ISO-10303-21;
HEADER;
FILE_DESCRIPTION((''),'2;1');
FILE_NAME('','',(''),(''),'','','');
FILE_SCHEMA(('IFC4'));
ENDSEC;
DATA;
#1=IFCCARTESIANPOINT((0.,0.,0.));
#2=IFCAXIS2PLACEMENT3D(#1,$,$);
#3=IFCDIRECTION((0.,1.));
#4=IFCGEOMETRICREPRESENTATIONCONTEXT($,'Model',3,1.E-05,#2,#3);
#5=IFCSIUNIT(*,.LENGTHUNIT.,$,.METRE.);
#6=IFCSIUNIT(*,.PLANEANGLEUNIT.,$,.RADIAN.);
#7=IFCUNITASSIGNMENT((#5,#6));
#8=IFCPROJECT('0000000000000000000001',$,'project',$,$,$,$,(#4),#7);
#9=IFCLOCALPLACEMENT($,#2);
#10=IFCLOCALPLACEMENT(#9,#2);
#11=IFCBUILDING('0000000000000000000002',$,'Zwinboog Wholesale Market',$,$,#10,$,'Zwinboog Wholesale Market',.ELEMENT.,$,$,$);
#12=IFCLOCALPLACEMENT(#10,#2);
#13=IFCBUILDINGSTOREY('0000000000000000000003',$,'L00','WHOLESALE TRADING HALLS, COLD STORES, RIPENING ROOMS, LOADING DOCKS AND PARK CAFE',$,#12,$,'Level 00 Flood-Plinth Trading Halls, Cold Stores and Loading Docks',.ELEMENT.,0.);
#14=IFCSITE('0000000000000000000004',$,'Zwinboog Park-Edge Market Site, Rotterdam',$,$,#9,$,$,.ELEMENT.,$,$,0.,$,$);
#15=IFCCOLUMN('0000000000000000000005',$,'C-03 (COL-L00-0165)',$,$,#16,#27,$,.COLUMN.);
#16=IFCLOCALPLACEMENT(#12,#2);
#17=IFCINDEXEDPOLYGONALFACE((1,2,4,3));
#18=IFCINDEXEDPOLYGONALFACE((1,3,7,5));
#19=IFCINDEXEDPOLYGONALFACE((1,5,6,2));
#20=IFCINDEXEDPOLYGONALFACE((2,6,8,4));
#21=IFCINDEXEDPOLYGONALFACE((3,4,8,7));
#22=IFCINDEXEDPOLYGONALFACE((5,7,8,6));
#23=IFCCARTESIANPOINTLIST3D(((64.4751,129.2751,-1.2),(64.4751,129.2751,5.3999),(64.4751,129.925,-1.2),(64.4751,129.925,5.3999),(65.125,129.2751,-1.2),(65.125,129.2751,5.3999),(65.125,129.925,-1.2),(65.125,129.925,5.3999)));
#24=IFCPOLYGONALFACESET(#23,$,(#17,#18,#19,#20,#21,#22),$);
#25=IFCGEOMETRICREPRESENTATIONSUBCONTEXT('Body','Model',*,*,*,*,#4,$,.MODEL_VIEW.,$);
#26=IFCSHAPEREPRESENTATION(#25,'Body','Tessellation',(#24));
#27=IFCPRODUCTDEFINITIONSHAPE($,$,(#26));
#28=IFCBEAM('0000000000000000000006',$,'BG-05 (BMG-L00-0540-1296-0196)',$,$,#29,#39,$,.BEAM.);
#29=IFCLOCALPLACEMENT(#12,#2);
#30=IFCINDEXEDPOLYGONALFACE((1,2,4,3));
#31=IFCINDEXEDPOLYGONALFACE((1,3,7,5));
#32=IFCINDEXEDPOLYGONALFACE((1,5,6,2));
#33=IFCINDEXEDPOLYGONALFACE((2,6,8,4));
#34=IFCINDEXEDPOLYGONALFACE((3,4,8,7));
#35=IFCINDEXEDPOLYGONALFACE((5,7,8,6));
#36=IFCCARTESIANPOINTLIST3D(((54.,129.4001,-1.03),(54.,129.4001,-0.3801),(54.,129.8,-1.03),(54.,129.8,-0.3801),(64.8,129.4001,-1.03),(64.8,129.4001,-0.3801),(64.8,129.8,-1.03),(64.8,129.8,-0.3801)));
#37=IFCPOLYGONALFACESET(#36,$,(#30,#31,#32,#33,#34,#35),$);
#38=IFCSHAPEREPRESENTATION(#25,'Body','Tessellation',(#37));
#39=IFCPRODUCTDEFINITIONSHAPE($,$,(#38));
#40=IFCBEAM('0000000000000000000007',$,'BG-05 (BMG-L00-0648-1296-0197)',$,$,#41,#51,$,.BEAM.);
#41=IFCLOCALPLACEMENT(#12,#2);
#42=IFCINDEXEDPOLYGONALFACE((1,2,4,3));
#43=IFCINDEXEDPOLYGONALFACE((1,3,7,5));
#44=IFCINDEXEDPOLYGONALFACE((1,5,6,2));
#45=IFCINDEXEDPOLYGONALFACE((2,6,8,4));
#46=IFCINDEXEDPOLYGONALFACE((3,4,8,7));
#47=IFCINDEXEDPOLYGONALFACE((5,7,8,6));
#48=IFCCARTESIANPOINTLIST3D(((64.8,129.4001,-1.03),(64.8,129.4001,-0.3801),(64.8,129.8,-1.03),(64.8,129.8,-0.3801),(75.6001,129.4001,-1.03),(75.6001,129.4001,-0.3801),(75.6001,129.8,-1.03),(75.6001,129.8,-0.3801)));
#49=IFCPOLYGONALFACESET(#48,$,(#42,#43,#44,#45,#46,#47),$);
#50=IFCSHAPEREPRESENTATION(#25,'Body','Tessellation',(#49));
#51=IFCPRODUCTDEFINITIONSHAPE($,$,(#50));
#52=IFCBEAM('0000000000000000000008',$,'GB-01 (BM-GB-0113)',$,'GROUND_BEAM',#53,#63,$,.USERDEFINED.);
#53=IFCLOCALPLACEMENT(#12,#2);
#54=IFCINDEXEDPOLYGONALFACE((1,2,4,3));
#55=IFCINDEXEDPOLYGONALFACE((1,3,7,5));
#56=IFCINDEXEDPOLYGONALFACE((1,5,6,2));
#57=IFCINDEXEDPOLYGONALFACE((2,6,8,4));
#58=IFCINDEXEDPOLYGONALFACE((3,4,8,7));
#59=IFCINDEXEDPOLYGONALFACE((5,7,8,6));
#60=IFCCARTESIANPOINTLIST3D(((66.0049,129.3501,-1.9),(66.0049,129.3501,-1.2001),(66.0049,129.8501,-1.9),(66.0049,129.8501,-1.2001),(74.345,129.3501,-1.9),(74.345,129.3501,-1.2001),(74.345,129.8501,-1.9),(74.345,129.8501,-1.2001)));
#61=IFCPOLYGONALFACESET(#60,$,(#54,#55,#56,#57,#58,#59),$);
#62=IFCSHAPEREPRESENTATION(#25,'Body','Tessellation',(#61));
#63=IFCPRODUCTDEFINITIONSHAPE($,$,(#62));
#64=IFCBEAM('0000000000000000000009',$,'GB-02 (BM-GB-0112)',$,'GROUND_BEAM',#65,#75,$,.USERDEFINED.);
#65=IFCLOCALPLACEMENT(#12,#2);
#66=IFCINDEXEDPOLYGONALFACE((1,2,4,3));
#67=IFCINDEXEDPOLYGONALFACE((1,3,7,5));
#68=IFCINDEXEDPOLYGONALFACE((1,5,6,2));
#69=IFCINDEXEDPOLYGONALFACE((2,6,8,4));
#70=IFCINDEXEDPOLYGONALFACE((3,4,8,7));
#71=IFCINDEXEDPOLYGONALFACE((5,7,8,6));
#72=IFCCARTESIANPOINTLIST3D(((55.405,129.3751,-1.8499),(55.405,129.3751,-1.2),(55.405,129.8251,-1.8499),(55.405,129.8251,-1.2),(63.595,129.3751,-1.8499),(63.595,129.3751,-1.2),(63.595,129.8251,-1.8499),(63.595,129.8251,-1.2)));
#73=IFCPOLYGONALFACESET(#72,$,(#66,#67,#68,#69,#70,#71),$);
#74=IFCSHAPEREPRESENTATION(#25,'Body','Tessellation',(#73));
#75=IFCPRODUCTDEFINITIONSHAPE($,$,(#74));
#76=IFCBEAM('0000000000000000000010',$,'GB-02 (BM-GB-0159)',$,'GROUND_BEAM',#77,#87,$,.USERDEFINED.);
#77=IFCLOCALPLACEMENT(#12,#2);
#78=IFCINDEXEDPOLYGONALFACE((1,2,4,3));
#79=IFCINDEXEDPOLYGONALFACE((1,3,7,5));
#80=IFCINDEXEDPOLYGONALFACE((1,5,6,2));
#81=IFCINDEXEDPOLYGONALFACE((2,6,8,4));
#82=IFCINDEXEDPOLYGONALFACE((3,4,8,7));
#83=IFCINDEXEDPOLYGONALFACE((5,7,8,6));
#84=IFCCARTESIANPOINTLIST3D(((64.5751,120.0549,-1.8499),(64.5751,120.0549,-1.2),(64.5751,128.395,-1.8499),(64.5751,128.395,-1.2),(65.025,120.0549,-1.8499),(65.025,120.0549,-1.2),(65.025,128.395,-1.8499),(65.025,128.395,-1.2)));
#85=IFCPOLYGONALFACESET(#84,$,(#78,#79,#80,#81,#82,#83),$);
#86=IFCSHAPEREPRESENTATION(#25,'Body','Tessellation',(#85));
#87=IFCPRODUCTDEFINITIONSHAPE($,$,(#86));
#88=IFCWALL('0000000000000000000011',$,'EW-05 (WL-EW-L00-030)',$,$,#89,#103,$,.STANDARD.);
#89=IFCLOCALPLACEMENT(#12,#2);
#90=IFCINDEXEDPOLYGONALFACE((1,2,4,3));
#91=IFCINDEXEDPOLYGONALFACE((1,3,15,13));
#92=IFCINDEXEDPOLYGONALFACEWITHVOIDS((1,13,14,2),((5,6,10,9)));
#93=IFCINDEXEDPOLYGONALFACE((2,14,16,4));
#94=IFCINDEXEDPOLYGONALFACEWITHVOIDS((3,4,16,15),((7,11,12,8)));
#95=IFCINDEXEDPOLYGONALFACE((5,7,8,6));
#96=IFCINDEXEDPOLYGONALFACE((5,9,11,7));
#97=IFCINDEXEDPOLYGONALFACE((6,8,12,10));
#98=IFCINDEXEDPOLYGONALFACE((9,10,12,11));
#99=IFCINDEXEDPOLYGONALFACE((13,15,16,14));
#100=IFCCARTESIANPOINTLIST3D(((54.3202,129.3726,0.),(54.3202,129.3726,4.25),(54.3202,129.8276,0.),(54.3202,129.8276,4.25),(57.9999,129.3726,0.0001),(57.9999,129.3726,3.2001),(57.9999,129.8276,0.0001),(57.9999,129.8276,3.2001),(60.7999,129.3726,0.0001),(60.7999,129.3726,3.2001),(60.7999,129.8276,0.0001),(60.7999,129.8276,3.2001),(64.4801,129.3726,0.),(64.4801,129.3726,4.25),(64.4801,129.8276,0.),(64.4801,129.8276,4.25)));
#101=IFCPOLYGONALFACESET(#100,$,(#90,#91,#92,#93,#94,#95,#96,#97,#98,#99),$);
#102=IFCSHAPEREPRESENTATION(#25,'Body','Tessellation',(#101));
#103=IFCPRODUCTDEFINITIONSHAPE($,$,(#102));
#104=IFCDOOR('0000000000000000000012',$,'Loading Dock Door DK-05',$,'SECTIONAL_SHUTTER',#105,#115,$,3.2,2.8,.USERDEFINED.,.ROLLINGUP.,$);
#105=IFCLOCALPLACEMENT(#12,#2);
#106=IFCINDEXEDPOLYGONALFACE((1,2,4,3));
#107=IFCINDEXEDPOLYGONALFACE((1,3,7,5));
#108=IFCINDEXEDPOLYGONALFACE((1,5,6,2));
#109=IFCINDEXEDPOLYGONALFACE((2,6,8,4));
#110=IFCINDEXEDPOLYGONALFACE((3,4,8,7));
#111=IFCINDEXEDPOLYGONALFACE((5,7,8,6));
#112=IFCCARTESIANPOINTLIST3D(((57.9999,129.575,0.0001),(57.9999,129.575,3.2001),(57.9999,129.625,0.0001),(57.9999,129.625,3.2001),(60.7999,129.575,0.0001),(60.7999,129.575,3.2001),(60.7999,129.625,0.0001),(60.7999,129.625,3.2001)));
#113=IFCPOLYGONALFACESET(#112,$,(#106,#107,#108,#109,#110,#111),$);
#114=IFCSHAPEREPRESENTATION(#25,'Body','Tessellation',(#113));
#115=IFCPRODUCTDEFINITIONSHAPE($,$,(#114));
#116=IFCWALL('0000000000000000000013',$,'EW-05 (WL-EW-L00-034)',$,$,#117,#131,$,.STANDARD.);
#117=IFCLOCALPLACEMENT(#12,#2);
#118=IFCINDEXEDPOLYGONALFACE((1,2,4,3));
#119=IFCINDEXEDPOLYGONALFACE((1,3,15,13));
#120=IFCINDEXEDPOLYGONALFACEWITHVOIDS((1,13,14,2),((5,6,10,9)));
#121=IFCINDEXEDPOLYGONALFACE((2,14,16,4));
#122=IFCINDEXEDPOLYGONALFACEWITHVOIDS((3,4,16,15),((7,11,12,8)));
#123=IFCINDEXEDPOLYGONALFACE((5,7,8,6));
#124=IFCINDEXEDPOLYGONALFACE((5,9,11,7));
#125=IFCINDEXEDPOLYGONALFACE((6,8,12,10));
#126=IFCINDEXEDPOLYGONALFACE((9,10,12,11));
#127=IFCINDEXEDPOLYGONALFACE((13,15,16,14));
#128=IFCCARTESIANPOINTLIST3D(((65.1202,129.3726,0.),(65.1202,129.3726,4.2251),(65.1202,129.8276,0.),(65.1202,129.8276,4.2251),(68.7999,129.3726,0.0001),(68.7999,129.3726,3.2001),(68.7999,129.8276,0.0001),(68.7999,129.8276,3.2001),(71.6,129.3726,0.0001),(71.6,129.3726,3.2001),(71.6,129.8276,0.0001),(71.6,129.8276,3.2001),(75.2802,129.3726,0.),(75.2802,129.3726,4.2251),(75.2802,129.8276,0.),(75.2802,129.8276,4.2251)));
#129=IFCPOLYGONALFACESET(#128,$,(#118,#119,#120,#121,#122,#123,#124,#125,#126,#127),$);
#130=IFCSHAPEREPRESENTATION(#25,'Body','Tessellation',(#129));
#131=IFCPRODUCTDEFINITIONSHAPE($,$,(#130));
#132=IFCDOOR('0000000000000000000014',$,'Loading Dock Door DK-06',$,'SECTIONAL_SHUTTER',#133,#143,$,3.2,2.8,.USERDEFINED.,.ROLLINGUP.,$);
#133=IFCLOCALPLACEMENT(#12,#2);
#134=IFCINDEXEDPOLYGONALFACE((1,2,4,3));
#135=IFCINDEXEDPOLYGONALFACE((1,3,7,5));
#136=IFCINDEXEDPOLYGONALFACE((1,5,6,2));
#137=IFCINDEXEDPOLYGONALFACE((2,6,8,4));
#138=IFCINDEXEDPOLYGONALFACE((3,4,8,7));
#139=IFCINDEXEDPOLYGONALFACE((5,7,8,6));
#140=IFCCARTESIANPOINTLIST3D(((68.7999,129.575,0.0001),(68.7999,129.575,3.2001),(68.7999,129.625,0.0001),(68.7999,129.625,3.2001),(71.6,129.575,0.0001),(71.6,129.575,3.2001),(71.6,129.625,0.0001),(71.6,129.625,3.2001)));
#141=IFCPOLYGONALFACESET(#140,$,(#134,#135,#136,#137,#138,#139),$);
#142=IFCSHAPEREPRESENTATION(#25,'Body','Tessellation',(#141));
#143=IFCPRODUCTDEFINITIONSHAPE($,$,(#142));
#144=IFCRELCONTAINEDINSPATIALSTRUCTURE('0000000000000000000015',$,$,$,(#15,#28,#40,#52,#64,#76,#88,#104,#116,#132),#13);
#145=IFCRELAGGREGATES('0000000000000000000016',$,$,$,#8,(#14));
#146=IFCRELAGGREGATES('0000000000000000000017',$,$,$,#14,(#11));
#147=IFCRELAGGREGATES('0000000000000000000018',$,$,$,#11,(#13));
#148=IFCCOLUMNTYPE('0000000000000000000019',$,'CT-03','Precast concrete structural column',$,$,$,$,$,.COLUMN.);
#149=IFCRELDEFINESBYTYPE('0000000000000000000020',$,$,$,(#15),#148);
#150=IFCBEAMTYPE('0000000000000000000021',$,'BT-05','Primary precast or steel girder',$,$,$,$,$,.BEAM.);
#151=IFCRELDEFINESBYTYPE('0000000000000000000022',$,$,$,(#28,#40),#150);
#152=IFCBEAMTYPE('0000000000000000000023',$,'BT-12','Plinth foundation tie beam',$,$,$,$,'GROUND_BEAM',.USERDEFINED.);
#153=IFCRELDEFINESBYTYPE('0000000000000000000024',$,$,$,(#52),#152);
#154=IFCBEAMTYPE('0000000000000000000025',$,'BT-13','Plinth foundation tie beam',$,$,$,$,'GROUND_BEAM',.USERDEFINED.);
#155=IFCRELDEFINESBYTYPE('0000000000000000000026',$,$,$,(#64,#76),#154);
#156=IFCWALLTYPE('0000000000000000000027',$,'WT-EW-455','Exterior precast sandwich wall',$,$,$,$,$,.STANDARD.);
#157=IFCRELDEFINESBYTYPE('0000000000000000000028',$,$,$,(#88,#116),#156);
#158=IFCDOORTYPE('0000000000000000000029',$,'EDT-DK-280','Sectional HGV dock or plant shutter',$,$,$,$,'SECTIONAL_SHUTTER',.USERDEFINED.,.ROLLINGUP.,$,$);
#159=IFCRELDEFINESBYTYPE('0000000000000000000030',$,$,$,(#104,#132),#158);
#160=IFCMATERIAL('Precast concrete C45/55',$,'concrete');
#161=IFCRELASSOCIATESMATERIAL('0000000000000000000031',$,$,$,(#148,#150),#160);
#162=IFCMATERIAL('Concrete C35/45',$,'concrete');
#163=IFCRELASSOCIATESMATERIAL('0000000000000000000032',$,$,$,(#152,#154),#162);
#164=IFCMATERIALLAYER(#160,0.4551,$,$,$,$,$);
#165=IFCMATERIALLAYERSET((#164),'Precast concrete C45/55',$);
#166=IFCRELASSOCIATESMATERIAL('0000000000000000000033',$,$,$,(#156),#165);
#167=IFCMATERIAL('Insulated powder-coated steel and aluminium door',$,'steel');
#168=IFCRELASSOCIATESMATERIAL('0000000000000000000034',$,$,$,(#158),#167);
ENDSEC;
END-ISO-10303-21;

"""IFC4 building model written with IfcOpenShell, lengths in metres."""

from ifc_helpers import new_model, si_unit, direction, frame, frame_2d, origin, origin_2d, place, context, subcontext, project, spatial, rectangle, extrude, material, layer, layer_set, material_profile, profile_set, type_object, element, fill, save


model = new_model("IFC4")

# Units and contexts
model_context = context("Model", 3, precision=1e-05, world=origin(), true_north=direction((0.0, 1.0)))
body_context = subcontext(model_context, "Body", "Model", "MODEL_VIEW")
ifc_project = project(units=[si_unit("LENGTHUNIT", "METRE"), si_unit("PLANEANGLEUNIT", "RADIAN")], contexts=[model_context])

# Site, building, storey
site_placement = place(None, origin())
site = spatial("IfcSite", under=ifc_project, at=site_placement, Name="Zwinboog Park-Edge Market Site, Rotterdam", CompositionType="ELEMENT", RefElevation=0.0)
building_placement = place(site_placement, origin())
building = spatial("IfcBuilding", under=site, at=building_placement, Name="Zwinboog Wholesale Market", LongName="Zwinboog Wholesale Market", CompositionType="ELEMENT")
storey_placement = place(building_placement, origin())
storey = spatial("IfcBuildingStorey", under=building, at=storey_placement, Name="L00", Description="WHOLESALE TRADING HALLS, COLD STORES, RIPENING ROOMS, LOADING DOCKS AND PARK CAFE", LongName="Level 00 Flood-Plinth Trading Halls, Cold Stores and Loading Docks", CompositionType="ELEMENT", Elevation=0.0)

# Shared definitions
ifc_material_1 = material(Name="Concrete C35/45", Category="concrete")

# Column
ifc_material_2 = material(Name="Precast concrete C45/55", Category="concrete")
ifc_material_profile_1 = material_profile(ifc_material_2, rectangle(XDim=0.6499, YDim=0.6499, at=origin_2d()), Name="PC 650x650")
ifc_profile_set_1 = profile_set([ifc_material_profile_1], Name="Precast concrete C45/55")
column_type = type_object("IfcColumnType", Name="CT-03", Description="Precast concrete structural column", PredefinedType="COLUMN", material=ifc_profile_set_1)
for number, where, z_axis, x_axis, name in (
    (1, (64.8, 129.6001, -1.2), (0.0, 0.0, 1.0), (1.0, 0.0, 0.0), "C-03 (COL-L00-0165)"),
):
    element("IfcColumn", number, at=place(storey_placement, frame(where, z_axis=z_axis, x_axis=x_axis)), inside=storey, type_object=column_type, Name=name, PredefinedType="COLUMN", context=body_context, shape_type="SweptSolid", body=[
        extrude(rectangle(XDim=0.6499, YDim=0.6499, at=origin_2d()), origin(), (0.0, 0.0, 1.0), 6.5999),
    ])

# Beams
ifc_material_profile_2 = material_profile(ifc_material_2, rectangle(XDim=0.3999, YDim=0.6499, at=origin_2d()), Name="PC 400x650")
ifc_profile_set_2 = profile_set([ifc_material_profile_2], Name="Precast concrete C45/55")
beam_type_1 = type_object("IfcBeamType", Name="BT-05", Description="Primary precast or steel girder", PredefinedType="BEAM", material=ifc_profile_set_2)
for number, where, z_axis, x_axis, name in (
    (2, (54.0, 129.6001, -0.7051), (1.0, 0.0, 0.0), (0.0, 1.0, 0.0), "BG-05 (BMG-L00-0540-1296-0196)"),
    (3, (64.8, 129.6001, -0.7051), (1.0, 0.0, 0.0), (0.0, 1.0, 0.0), "BG-05 (BMG-L00-0648-1296-0197)"),
):
    element("IfcBeam", number, at=place(storey_placement, frame(where, z_axis=z_axis, x_axis=x_axis)), inside=storey, type_object=beam_type_1, Name=name, PredefinedType="BEAM", context=body_context, shape_type="SweptSolid", body=[
        extrude(rectangle(XDim=0.3999, YDim=0.6499, at=origin_2d()), origin(), (0.0, 0.0, 1.0), 10.8),
    ])
ifc_material_profile_3 = material_profile(ifc_material_1, rectangle(XDim=0.5, YDim=0.7, at=origin_2d()), Name="RC 500x700")
ifc_profile_set_3 = profile_set([ifc_material_profile_3], Name="Concrete C35/45")
beam_type_2 = type_object("IfcBeamType", Name="BT-12", Description="Plinth foundation tie beam", ElementType="GROUND_BEAM", PredefinedType="USERDEFINED", material=ifc_profile_set_3)
beam_1_placement = place(storey_placement, frame((66.0049, 129.6001, -1.55), z_axis=(1.0, 0.0, 0.0), x_axis=(0.0, 1.0, 0.0)))
element("IfcBeam", 4, at=beam_1_placement, inside=storey, type_object=beam_type_2, Name="GB-01 (BM-GB-0113)", ObjectType="GROUND_BEAM", PredefinedType="USERDEFINED", context=body_context, shape_type="SweptSolid", body=[
    extrude(rectangle(XDim=0.5, YDim=0.7, at=origin_2d()), origin(), (0.0, 0.0, 1.0), 8.3401),
])
ifc_material_profile_4 = material_profile(ifc_material_1, rectangle(XDim=0.45, YDim=0.6499, at=origin_2d()), Name="RC 450x650")
ifc_profile_set_4 = profile_set([ifc_material_profile_4], Name="Concrete C35/45")
beam_type_3 = type_object("IfcBeamType", Name="BT-13", Description="Plinth foundation tie beam", ElementType="GROUND_BEAM", PredefinedType="USERDEFINED", material=ifc_profile_set_4)
beam_2_placement = place(storey_placement, frame((55.405, 129.6001, -1.5249), z_axis=(1.0, 0.0, 0.0), x_axis=(0.0, 1.0, 0.0)))
element("IfcBeam", 5, at=beam_2_placement, inside=storey, type_object=beam_type_3, Name="GB-02 (BM-GB-0112)", ObjectType="GROUND_BEAM", PredefinedType="USERDEFINED", context=body_context, shape_type="SweptSolid", body=[
    extrude(rectangle(XDim=0.45, YDim=0.6499, at=origin_2d()), origin(), (0.0, 0.0, 1.0), 8.1899),
])
beam_3_placement = place(storey_placement, frame((64.8, 120.0549, -1.5249), z_axis=(0.0, 1.0, 0.0), x_axis=(-1.0, 0.0, 0.0)))
element("IfcBeam", 6, at=beam_3_placement, inside=storey, type_object=beam_type_3, Name="GB-02 (BM-GB-0159)", ObjectType="GROUND_BEAM", PredefinedType="USERDEFINED", context=body_context, shape_type="SweptSolid", body=[
    extrude(rectangle(XDim=0.45, YDim=0.6499, at=origin_2d()), origin(), (0.0, 0.0, 1.0), 8.3401),
])

# Walls, openings, doors
ifc_layer_1 = layer(ifc_material_2, 0.4551)
ifc_layer_set_1 = layer_set([ifc_layer_1], Name="Precast concrete C45/55")
wall_type_1 = type_object("IfcWallType", Name="WT-EW-455", Description="Exterior precast sandwich wall", PredefinedType="STANDARD", material=ifc_layer_set_1)
wall_1_placement = place(storey_placement, frame((54.3201, 129.6001, 0.0), z_axis=(0.0, 0.0, 1.0), x_axis=(1.0, 0.0, 0.0)))
wall_1 = element("IfcWall", 7, at=wall_1_placement, inside=storey, type_object=wall_type_1, Name="EW-05 (WL-EW-L00-030)", PredefinedType="STANDARD", context=body_context, shape_type="SweptSolid", body=[
    extrude(rectangle(XDim=10.1599, YDim=0.4551, at=frame_2d((5.0801, 0.0))), origin(), (0.0, 0.0, 1.0), 4.25),
])
opening_1_placement = place(wall_1_placement, frame((3.6799, 0.0, 0.0)))
opening_1 = element("IfcOpeningElement", 8, at=opening_1_placement, cuts=wall_1, PredefinedType="OPENING", context=body_context, shape_type="SweptSolid", body=[
    extrude(rectangle(XDim=2.8, YDim=3.2, at=frame_2d((1.3999, 1.6001))), frame((0.0, 0.2375, 0.0), z_axis=(0.0, -1.0, 0.0), x_axis=(1.0, 0.0, 0.0)), (0.0, 0.0, 1.0), 0.4751),
])
ifc_material_3 = material(Name="Insulated powder-coated steel and aluminium door", Category="steel")
door_type_1 = type_object("IfcDoorType", Name="EDT-DK-280", Description="Sectional HGV dock or plant shutter", ElementType="SECTIONAL_SHUTTER", OperationType="ROLLINGUP", PredefinedType="USERDEFINED", material=ifc_material_3)
door_1_placement = place(opening_1_placement, origin())
door_1 = element("IfcDoor", 9, at=door_1_placement, inside=storey, type_object=door_type_1, Name="Loading Dock Door DK-05", ObjectType="SECTIONAL_SHUTTER", OperationType="ROLLINGUP", OverallHeight=3.2, OverallWidth=2.8, PredefinedType="USERDEFINED", context=body_context, shape_type="SweptSolid", body=[
    extrude(rectangle(XDim=2.8, YDim=3.2, at=frame_2d((1.3999, 1.6001))), frame((0.0, 0.0249, 0.0), z_axis=(0.0, -1.0, 0.0), x_axis=(1.0, 0.0, 0.0)), (0.0, 0.0, 1.0), 0.05),
])
fill(opening_1, door_1)
wall_2_placement = place(storey_placement, frame((65.1201, 129.6001, 0.0), z_axis=(0.0, 0.0, 1.0), x_axis=(1.0, 0.0, 0.0)))
wall_2 = element("IfcWall", 10, at=wall_2_placement, inside=storey, type_object=wall_type_1, Name="EW-05 (WL-EW-L00-034)", PredefinedType="STANDARD", context=body_context, shape_type="SweptSolid", body=[
    extrude(rectangle(XDim=10.1599, YDim=0.4551, at=frame_2d((5.0801, 0.0))), origin(), (0.0, 0.0, 1.0), 4.2251),
])
opening_2_placement = place(wall_2_placement, frame((3.6799, 0.0, 0.0)))
opening_2 = element("IfcOpeningElement", 11, at=opening_2_placement, cuts=wall_2, PredefinedType="OPENING", context=body_context, shape_type="SweptSolid", body=[
    extrude(rectangle(XDim=2.8, YDim=3.2, at=frame_2d((1.3999, 1.6001))), frame((0.0, 0.2375, 0.0), z_axis=(0.0, -1.0, 0.0), x_axis=(1.0, 0.0, 0.0)), (0.0, 0.0, 1.0), 0.4751),
])
door_2_placement = place(opening_2_placement, origin())
door_2 = element("IfcDoor", 12, at=door_2_placement, inside=storey, type_object=door_type_1, Name="Loading Dock Door DK-06", ObjectType="SECTIONAL_SHUTTER", OperationType="ROLLINGUP", OverallHeight=3.2, OverallWidth=2.8, PredefinedType="USERDEFINED", context=body_context, shape_type="SweptSolid", body=[
    extrude(rectangle(XDim=2.8, YDim=3.2, at=frame_2d((1.3999, 1.6001))), frame((0.0, 0.0249, 0.0), z_axis=(0.0, -1.0, 0.0), x_axis=(1.0, 0.0, 0.0)), (0.0, 0.0, 1.0), 0.05),
])
fill(opening_2, door_2)

save(model, "model.ifc")
